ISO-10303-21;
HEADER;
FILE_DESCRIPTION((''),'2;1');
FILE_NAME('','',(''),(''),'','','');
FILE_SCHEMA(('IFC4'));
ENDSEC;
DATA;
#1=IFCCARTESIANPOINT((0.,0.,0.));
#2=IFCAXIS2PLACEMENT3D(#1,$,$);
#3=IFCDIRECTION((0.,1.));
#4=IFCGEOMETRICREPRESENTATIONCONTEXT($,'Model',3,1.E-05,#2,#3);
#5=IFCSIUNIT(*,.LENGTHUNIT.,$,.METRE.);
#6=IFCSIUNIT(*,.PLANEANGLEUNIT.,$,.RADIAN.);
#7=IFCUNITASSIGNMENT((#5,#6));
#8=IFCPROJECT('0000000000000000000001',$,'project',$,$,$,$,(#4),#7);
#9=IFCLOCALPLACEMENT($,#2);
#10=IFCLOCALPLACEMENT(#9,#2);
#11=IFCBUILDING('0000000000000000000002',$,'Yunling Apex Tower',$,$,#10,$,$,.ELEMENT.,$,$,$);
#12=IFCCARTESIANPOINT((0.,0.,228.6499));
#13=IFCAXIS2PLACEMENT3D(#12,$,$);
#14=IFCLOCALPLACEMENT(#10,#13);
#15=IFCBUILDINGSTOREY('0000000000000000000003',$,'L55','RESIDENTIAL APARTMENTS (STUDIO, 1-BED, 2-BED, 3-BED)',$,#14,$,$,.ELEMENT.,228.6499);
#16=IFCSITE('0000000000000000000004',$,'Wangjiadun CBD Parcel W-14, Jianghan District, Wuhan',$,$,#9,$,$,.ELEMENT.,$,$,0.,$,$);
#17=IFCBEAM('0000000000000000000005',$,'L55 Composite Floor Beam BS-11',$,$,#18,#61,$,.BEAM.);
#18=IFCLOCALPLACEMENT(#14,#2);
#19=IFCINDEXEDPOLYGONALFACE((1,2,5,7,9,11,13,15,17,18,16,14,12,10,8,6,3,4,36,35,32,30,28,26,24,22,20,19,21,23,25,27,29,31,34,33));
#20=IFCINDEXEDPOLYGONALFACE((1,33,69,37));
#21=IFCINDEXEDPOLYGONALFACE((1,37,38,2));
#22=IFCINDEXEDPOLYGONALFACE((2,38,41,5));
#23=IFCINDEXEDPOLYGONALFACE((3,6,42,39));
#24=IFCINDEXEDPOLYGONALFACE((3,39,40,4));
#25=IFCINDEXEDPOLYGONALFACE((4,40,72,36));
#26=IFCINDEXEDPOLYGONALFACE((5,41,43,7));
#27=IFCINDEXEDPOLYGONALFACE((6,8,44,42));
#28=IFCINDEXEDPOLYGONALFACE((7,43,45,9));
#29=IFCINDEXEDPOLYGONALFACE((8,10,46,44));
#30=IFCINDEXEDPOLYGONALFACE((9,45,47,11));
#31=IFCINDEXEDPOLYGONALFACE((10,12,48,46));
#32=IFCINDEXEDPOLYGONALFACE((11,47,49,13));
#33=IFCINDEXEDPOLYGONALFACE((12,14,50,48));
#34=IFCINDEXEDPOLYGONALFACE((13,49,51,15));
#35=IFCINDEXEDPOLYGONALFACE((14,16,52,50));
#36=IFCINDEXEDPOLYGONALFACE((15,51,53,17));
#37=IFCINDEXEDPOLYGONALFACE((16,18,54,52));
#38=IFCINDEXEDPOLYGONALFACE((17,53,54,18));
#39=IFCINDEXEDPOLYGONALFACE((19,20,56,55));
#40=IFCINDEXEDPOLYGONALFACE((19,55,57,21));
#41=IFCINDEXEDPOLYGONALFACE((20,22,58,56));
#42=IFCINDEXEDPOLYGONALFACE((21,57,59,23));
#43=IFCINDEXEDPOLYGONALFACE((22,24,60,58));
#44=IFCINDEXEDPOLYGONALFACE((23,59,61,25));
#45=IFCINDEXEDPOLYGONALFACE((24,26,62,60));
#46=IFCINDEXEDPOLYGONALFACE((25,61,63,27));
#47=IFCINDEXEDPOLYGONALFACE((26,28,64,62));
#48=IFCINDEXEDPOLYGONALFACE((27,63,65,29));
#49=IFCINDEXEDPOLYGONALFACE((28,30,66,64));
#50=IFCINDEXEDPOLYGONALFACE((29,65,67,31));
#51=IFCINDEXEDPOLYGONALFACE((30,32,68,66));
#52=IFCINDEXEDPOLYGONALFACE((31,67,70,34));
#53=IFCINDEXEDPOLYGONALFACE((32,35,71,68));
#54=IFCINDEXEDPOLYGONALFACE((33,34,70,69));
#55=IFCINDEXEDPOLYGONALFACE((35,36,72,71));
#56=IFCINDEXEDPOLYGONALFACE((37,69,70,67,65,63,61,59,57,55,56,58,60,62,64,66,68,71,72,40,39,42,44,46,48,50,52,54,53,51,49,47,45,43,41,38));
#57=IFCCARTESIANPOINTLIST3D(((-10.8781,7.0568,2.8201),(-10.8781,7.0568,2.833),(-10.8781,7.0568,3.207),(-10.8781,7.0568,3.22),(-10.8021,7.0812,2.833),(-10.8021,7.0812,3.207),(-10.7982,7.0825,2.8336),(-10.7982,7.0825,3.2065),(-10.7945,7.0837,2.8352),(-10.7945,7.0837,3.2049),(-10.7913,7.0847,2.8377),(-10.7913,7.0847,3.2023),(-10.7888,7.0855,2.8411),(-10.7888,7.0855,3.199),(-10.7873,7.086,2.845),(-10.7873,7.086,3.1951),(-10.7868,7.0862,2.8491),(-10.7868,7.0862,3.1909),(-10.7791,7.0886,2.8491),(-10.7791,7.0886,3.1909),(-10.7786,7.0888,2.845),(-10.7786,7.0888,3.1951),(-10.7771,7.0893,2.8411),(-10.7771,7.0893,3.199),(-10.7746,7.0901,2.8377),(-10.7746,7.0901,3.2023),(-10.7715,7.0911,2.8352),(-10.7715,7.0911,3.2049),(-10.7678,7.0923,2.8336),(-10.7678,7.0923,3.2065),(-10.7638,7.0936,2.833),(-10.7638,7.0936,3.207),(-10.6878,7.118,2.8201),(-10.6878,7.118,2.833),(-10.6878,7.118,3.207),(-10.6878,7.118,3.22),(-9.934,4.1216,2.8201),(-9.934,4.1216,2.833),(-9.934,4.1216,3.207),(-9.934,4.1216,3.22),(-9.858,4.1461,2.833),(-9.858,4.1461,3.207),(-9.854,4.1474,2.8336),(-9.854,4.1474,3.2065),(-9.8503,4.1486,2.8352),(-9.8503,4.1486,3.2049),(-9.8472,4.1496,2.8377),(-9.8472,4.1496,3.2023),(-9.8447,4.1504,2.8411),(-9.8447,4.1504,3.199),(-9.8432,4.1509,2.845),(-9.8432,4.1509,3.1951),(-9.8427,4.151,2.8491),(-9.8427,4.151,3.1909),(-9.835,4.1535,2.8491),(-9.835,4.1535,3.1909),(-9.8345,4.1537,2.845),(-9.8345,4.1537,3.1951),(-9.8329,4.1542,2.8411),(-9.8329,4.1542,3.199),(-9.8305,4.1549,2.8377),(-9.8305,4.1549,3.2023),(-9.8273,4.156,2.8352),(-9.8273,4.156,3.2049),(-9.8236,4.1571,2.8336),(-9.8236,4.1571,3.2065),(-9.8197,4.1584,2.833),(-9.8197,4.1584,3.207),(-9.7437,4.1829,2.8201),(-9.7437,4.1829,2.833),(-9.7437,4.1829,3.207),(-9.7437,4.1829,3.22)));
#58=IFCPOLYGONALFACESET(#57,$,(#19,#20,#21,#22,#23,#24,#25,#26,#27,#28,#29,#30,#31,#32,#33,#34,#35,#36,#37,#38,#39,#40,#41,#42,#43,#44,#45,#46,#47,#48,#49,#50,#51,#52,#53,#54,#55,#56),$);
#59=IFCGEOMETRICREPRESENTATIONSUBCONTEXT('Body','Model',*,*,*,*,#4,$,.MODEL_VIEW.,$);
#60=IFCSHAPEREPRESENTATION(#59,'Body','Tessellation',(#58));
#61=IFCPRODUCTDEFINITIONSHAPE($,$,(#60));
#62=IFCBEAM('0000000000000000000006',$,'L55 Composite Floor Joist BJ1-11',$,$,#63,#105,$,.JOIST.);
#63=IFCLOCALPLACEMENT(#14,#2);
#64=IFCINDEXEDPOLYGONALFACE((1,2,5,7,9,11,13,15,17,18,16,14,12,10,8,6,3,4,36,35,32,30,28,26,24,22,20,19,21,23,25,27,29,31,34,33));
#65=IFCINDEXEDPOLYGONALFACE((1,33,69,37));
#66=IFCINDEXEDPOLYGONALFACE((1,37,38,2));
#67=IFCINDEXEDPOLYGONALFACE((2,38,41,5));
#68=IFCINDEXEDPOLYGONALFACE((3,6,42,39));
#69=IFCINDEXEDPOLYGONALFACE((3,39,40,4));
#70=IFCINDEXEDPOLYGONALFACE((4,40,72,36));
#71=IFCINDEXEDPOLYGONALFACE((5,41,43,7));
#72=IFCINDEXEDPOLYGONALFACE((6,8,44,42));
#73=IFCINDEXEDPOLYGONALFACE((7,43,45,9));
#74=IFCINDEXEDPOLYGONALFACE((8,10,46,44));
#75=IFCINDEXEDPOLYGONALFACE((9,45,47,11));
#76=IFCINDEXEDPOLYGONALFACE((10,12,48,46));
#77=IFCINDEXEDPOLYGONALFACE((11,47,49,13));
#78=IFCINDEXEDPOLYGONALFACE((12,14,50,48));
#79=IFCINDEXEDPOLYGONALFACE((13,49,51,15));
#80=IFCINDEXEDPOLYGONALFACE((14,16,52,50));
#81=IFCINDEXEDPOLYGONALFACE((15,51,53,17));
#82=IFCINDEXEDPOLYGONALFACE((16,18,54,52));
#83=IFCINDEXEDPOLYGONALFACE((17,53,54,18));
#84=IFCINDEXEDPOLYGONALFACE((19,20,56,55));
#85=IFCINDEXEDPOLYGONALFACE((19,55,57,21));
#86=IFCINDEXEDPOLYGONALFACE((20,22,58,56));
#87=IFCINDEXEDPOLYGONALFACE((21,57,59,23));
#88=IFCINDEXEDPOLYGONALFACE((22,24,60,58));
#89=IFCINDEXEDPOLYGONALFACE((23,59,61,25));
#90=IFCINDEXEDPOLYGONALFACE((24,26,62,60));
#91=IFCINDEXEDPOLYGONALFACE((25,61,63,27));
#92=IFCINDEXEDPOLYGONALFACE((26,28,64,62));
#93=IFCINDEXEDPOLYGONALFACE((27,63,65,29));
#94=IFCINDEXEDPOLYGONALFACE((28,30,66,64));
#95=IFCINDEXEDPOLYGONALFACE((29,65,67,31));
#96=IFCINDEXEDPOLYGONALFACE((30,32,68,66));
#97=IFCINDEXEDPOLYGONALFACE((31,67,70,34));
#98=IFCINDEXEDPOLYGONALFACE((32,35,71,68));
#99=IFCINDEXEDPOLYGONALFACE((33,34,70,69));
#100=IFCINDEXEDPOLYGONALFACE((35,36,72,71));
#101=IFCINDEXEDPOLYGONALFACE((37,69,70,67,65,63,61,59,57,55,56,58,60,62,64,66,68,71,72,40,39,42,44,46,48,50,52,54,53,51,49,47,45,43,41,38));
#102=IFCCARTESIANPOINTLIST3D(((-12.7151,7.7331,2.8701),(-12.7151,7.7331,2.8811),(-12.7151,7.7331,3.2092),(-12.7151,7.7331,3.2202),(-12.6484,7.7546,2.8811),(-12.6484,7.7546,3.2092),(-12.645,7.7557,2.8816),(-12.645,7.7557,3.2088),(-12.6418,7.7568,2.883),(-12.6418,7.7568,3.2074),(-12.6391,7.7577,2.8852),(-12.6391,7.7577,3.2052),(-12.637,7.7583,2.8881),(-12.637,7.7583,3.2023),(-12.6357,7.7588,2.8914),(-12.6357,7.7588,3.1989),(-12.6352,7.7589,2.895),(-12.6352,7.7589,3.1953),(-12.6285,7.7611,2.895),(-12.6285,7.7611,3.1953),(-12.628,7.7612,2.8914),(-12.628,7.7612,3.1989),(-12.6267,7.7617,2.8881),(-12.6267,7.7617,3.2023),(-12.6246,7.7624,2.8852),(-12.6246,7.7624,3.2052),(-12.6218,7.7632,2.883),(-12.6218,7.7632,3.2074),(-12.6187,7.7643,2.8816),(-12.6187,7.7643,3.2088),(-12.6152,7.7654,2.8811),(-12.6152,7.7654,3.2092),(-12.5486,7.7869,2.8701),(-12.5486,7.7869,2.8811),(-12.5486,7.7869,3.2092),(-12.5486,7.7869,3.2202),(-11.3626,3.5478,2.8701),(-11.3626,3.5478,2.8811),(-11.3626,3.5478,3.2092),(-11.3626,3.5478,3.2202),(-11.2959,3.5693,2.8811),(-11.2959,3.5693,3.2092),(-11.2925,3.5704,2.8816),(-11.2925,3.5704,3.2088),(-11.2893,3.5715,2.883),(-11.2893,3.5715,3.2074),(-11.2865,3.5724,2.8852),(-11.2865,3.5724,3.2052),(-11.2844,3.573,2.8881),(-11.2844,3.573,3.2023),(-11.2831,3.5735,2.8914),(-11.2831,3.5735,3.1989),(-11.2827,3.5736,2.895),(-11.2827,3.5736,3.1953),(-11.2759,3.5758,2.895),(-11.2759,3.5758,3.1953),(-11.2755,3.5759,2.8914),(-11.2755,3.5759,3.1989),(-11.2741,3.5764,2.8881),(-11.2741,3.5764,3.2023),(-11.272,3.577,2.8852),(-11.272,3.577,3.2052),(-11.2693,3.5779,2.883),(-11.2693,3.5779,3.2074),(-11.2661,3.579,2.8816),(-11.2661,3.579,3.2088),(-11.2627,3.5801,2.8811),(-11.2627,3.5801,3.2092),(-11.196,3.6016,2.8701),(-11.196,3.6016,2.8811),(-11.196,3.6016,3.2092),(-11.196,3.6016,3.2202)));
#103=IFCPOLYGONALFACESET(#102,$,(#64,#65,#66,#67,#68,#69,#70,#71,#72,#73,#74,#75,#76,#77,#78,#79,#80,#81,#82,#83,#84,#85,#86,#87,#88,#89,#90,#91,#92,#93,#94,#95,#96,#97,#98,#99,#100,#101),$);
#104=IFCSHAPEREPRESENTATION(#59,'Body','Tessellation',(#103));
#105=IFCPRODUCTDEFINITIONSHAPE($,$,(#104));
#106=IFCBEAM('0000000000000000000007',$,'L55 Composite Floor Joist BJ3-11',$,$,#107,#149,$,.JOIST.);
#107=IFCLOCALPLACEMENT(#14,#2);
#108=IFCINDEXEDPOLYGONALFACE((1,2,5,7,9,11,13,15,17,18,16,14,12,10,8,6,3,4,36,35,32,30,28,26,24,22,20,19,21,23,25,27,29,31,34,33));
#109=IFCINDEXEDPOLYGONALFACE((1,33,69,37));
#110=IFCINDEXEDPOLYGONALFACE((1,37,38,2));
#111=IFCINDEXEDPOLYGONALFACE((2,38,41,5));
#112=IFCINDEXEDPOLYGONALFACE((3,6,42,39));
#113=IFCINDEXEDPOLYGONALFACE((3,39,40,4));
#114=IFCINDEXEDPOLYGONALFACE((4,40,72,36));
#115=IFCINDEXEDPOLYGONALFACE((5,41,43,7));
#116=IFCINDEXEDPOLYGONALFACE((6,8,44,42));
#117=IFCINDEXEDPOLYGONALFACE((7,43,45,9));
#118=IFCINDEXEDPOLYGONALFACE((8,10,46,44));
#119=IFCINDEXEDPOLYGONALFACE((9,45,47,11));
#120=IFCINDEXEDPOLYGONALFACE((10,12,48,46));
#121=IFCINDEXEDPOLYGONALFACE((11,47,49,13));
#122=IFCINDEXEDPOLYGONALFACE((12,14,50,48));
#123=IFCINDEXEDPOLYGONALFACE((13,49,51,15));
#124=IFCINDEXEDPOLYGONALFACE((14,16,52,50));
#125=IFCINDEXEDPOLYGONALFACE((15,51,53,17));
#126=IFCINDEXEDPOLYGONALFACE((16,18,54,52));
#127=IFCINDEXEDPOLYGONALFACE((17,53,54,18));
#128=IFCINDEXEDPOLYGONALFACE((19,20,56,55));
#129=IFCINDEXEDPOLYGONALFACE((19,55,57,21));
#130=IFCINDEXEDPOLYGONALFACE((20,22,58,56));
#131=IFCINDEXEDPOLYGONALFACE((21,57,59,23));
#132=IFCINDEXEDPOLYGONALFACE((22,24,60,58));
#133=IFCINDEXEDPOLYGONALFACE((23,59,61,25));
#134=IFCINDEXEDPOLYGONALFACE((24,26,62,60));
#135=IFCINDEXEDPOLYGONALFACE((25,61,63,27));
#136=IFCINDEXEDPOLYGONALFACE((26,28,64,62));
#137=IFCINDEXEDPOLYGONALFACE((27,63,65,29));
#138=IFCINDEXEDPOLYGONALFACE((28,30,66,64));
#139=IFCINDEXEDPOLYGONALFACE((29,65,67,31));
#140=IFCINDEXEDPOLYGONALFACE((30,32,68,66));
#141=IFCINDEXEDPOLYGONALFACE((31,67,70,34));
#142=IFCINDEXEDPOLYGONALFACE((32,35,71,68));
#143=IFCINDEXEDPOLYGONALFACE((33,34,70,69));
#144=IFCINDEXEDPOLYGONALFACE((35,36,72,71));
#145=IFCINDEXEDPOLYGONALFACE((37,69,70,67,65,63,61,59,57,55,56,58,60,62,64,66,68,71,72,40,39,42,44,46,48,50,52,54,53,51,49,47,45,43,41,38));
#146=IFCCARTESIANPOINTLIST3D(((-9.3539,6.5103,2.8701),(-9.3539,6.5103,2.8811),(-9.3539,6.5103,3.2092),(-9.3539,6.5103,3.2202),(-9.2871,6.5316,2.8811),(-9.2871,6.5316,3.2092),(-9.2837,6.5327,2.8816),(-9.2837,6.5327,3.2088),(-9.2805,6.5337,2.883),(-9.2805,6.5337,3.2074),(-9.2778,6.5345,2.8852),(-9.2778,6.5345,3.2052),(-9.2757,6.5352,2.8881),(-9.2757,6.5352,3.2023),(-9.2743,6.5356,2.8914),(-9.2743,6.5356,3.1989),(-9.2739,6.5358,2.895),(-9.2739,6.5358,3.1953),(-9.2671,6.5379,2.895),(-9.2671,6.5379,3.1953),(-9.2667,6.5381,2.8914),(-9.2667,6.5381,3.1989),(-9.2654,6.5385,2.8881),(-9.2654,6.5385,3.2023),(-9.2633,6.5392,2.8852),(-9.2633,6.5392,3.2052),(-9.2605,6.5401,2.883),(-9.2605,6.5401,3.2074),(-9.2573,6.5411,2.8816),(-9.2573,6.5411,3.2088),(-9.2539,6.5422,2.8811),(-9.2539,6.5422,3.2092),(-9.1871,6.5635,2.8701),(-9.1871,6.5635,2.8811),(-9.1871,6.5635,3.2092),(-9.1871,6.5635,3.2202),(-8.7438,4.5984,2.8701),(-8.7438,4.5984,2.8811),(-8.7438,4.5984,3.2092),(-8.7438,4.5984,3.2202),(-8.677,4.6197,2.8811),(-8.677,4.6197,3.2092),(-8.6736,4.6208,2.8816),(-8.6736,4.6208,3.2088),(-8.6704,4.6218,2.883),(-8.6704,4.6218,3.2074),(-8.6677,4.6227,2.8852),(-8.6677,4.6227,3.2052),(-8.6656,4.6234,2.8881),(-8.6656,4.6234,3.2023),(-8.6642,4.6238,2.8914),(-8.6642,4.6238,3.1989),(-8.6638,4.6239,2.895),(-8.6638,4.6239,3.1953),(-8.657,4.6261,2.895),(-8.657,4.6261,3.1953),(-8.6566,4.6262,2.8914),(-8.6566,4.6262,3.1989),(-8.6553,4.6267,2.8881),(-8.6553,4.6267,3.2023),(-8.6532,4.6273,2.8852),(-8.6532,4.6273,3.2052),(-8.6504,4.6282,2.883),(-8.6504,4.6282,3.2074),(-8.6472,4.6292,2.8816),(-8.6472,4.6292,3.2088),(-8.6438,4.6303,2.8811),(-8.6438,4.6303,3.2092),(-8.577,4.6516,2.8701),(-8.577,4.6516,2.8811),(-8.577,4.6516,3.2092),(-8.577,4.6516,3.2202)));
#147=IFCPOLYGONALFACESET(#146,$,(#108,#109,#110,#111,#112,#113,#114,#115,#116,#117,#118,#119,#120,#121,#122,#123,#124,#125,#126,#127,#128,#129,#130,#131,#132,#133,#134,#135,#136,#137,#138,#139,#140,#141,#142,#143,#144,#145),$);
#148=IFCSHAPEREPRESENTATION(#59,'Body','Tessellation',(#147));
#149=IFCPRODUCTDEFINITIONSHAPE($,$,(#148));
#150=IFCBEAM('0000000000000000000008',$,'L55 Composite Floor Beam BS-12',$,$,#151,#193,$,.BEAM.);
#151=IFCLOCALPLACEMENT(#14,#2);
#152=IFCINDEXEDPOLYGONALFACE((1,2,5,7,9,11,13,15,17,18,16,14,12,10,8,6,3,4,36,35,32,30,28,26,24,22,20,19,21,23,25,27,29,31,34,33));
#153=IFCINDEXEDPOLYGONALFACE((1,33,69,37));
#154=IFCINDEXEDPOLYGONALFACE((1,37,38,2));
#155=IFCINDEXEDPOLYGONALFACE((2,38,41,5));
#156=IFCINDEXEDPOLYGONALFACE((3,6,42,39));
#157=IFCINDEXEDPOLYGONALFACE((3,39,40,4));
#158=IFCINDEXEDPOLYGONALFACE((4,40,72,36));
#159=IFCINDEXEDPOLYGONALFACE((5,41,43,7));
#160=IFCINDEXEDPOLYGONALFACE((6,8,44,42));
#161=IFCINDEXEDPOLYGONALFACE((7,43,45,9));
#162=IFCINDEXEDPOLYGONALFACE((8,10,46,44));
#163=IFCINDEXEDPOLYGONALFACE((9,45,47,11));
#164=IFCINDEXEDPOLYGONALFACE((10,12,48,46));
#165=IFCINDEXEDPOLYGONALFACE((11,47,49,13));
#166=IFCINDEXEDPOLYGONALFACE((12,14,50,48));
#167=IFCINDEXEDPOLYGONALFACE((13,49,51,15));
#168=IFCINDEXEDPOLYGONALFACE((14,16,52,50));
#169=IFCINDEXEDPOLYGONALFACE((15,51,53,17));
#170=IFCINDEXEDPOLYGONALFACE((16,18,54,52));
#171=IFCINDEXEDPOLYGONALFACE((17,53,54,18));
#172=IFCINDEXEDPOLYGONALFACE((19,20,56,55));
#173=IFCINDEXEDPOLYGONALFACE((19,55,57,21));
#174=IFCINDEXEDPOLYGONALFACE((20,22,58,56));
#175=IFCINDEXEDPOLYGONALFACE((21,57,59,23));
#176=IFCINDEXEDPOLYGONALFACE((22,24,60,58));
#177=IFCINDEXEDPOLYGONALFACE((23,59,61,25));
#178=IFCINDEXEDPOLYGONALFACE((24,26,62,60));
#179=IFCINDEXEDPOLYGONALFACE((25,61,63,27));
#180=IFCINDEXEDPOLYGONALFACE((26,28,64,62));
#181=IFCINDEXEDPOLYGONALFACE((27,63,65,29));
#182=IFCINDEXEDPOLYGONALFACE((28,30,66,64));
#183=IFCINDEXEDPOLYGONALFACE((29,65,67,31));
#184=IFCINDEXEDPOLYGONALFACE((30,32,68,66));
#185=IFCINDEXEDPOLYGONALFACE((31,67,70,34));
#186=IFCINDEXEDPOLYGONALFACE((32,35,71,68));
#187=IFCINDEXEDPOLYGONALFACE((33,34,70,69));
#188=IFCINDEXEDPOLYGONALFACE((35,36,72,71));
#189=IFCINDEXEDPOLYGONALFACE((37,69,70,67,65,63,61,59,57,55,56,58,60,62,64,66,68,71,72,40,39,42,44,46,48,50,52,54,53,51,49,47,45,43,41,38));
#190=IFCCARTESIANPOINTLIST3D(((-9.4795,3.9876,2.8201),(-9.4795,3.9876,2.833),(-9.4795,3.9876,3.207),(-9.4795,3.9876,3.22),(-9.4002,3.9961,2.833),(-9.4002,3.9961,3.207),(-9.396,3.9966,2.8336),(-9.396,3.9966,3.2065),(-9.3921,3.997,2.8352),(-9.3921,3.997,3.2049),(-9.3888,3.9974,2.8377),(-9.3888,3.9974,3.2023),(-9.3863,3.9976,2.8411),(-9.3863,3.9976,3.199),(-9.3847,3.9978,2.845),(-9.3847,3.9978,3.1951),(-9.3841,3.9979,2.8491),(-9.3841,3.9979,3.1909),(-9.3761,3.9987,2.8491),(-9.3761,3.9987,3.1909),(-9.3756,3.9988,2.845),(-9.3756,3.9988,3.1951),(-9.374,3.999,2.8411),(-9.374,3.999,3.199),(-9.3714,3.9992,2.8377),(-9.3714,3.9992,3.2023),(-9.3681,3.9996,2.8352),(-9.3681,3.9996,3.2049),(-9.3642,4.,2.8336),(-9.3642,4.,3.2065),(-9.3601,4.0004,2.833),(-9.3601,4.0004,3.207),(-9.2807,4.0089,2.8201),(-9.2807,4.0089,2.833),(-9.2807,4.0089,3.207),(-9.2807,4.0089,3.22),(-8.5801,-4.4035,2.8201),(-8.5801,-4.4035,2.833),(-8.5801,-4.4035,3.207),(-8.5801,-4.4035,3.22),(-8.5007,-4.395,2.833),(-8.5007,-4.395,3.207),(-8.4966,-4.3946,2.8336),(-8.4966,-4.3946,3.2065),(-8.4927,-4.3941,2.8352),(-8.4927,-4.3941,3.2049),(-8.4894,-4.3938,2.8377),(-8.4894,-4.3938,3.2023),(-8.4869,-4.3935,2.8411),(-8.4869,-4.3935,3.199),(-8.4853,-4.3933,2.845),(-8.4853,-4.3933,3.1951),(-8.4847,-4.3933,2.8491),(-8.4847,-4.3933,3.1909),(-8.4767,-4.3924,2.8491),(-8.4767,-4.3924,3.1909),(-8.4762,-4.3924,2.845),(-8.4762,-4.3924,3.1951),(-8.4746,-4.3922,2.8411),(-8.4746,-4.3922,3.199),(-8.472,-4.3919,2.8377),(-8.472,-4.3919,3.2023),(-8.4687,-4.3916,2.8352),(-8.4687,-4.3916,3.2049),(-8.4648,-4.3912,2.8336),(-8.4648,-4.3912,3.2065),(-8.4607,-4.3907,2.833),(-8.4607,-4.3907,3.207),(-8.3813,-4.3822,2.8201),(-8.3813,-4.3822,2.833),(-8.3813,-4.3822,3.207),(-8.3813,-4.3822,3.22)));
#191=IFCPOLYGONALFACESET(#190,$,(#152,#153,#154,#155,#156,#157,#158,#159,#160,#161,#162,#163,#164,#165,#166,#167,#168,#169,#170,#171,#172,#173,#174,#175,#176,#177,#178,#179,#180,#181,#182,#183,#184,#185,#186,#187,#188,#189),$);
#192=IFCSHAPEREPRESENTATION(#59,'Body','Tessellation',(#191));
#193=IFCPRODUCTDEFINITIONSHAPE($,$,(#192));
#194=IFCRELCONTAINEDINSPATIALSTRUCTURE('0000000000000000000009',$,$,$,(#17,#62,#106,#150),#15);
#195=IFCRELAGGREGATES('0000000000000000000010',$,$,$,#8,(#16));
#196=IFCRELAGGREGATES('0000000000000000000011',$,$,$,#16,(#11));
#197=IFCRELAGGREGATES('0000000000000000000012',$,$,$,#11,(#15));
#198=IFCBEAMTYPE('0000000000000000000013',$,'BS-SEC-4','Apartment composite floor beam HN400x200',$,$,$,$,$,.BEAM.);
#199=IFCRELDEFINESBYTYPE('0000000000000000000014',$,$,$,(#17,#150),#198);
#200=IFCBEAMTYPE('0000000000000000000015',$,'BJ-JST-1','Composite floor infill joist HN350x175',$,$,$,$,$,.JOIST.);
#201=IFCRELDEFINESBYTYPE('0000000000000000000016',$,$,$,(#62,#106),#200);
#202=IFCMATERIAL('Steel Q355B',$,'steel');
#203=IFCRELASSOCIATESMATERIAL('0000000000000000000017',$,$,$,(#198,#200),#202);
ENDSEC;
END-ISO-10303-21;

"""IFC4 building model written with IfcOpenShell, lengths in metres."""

from ifc_helpers import new_model, si_unit, direction, frame, origin, origin_2d, place, context, subcontext, project, spatial, i_section, extrude, source, transform, mapped, material, material_profile, profile_set, type_object, element, save


model = new_model("IFC4")

# Units and contexts
model_context = context("Model", 3, precision=1e-05, world=origin(), true_north=direction((0.0, 1.0)))
body_context = subcontext(model_context, "Body", "Model", "MODEL_VIEW")
ifc_project = project(units=[si_unit("LENGTHUNIT", "METRE"), si_unit("PLANEANGLEUNIT", "RADIAN")], contexts=[model_context])

# Site, building, storey
site_placement = place(None, origin())
site = spatial("IfcSite", under=ifc_project, at=site_placement, Name="Wangjiadun CBD Parcel W-14, Jianghan District, Wuhan", CompositionType="ELEMENT", RefElevation=0.0)
building_placement = place(site_placement, origin())
building = spatial("IfcBuilding", under=site, at=building_placement, Name="Yunling Apex Tower", CompositionType="ELEMENT")
storey_placement = place(building_placement, frame((0.0, 0.0, 228.6499)))
storey = spatial("IfcBuildingStorey", under=building, at=storey_placement, Name="L55", Description="RESIDENTIAL APARTMENTS (STUDIO, 1-BED, 2-BED, 3-BED)", CompositionType="ELEMENT", Elevation=228.6499)

# Beams
ifc_material_1 = material(Name="Steel Q355B", Category="steel")
ifc_material_profile_1 = material_profile(ifc_material_1, i_section(OverallWidth=0.2, OverallDepth=0.3999, WebThickness=0.0081, FlangeThickness=0.0129, FilletRadius=0.0161, at=origin_2d()))
ifc_profile_set_1 = profile_set([ifc_material_profile_1], Name="Steel Q355B")
beam_type_1 = type_object("IfcBeamType", Name="BS-SEC-4", Description="Apartment composite floor beam HN400x200", PredefinedType="BEAM", material=ifc_profile_set_1)
ifc_material_profile_2 = material_profile(ifc_material_1, i_section(OverallWidth=0.175, OverallDepth=0.3501, WebThickness=0.0071, FlangeThickness=0.011, FilletRadius=0.0139, at=origin_2d()))
ifc_profile_set_2 = profile_set([ifc_material_profile_2], Name="Steel Q355B")
beam_type_2 = type_object("IfcBeamType", Name="BJ-JST-1", Description="Composite floor infill joist HN350x175", PredefinedType="JOIST", material=ifc_profile_set_2)
shared_shape_1 = source(origin(), body_context, "Body", "SweptSolid", [
    extrude(i_section(OverallWidth=0.2, OverallDepth=0.3999, WebThickness=0.0081, FlangeThickness=0.0129, FilletRadius=0.0161, at=origin_2d()), origin(), (0.0, 0.0, 1.0), 3.0833),
])
beam_1_placement = place(storey_placement, frame((-10.783, 7.0874, 3.02), z_axis=(0.306209, -0.951964, 0.0), x_axis=(0.951964, 0.306209, 0.0)))
element("IfcBeam", 1, at=beam_1_placement, inside=storey, type_object=beam_type_1, Name="L55 Composite Floor Beam BS-11", PredefinedType="BEAM", context=body_context, shape_type="MappedRepresentation", body=[
    mapped(shared_shape_1, transform((0.0, 0.0, 0.0), scale=1.0)),
])
shared_shape_2 = source(origin(), body_context, "Body", "SweptSolid", [
    extrude(i_section(OverallWidth=0.175, OverallDepth=0.3501, WebThickness=0.0071, FlangeThickness=0.011, FilletRadius=0.0139, at=origin_2d()), origin(), (0.0, 0.0, 1.0), 4.3984),
])
beam_2_placement = place(storey_placement, frame((-12.6318, 7.76, 3.0452), z_axis=(0.307505, -0.951546, 0.0), x_axis=(0.951546, 0.307505, 0.0)))
element("IfcBeam", 2, at=beam_2_placement, inside=storey, type_object=beam_type_2, Name="L55 Composite Floor Joist BJ1-11", PredefinedType="JOIST", context=body_context, shape_type="MappedRepresentation", body=[
    mapped(shared_shape_2, transform((0.0, 0.0, 0.0), scale=1.0)),
])
shared_shape_3 = source(origin(), body_context, "Body", "SweptSolid", [
    extrude(i_section(OverallWidth=0.175, OverallDepth=0.3501, WebThickness=0.0071, FlangeThickness=0.011, FilletRadius=0.0139, at=origin_2d()), origin(), (0.0, 0.0, 1.0), 2.0068),
])
beam_3_placement = place(storey_placement, frame((-9.2705, 6.5369, 3.0452), z_axis=(0.304012, -0.952668, 0.0), x_axis=(0.952668, 0.304012, 0.0)))
element("IfcBeam", 3, at=beam_3_placement, inside=storey, type_object=beam_type_2, Name="L55 Composite Floor Joist BJ3-11", PredefinedType="JOIST", context=body_context, shape_type="MappedRepresentation", body=[
    mapped(shared_shape_3, transform((0.0, 0.0, 0.0), scale=1.0)),
])
shared_shape_4 = source(origin(), body_context, "Body", "SweptSolid", [
    extrude(i_section(OverallWidth=0.2, OverallDepth=0.3999, WebThickness=0.0081, FlangeThickness=0.0129, FilletRadius=0.0161, at=origin_2d()), origin(), (0.0, 0.0, 1.0), 8.4392),
])
beam_4_placement = place(storey_placement, frame((-9.3801, 3.9983, 3.02), z_axis=(0.106576, -0.994305, 0.0), x_axis=(0.994305, 0.106576, 0.0)))
element("IfcBeam", 4, at=beam_4_placement, inside=storey, type_object=beam_type_1, Name="L55 Composite Floor Beam BS-12", PredefinedType="BEAM", context=body_context, shape_type="MappedRepresentation", body=[
    mapped(shared_shape_4, transform((0.0, 0.0, 0.0), scale=1.0)),
])

save(model, "model.ifc")
